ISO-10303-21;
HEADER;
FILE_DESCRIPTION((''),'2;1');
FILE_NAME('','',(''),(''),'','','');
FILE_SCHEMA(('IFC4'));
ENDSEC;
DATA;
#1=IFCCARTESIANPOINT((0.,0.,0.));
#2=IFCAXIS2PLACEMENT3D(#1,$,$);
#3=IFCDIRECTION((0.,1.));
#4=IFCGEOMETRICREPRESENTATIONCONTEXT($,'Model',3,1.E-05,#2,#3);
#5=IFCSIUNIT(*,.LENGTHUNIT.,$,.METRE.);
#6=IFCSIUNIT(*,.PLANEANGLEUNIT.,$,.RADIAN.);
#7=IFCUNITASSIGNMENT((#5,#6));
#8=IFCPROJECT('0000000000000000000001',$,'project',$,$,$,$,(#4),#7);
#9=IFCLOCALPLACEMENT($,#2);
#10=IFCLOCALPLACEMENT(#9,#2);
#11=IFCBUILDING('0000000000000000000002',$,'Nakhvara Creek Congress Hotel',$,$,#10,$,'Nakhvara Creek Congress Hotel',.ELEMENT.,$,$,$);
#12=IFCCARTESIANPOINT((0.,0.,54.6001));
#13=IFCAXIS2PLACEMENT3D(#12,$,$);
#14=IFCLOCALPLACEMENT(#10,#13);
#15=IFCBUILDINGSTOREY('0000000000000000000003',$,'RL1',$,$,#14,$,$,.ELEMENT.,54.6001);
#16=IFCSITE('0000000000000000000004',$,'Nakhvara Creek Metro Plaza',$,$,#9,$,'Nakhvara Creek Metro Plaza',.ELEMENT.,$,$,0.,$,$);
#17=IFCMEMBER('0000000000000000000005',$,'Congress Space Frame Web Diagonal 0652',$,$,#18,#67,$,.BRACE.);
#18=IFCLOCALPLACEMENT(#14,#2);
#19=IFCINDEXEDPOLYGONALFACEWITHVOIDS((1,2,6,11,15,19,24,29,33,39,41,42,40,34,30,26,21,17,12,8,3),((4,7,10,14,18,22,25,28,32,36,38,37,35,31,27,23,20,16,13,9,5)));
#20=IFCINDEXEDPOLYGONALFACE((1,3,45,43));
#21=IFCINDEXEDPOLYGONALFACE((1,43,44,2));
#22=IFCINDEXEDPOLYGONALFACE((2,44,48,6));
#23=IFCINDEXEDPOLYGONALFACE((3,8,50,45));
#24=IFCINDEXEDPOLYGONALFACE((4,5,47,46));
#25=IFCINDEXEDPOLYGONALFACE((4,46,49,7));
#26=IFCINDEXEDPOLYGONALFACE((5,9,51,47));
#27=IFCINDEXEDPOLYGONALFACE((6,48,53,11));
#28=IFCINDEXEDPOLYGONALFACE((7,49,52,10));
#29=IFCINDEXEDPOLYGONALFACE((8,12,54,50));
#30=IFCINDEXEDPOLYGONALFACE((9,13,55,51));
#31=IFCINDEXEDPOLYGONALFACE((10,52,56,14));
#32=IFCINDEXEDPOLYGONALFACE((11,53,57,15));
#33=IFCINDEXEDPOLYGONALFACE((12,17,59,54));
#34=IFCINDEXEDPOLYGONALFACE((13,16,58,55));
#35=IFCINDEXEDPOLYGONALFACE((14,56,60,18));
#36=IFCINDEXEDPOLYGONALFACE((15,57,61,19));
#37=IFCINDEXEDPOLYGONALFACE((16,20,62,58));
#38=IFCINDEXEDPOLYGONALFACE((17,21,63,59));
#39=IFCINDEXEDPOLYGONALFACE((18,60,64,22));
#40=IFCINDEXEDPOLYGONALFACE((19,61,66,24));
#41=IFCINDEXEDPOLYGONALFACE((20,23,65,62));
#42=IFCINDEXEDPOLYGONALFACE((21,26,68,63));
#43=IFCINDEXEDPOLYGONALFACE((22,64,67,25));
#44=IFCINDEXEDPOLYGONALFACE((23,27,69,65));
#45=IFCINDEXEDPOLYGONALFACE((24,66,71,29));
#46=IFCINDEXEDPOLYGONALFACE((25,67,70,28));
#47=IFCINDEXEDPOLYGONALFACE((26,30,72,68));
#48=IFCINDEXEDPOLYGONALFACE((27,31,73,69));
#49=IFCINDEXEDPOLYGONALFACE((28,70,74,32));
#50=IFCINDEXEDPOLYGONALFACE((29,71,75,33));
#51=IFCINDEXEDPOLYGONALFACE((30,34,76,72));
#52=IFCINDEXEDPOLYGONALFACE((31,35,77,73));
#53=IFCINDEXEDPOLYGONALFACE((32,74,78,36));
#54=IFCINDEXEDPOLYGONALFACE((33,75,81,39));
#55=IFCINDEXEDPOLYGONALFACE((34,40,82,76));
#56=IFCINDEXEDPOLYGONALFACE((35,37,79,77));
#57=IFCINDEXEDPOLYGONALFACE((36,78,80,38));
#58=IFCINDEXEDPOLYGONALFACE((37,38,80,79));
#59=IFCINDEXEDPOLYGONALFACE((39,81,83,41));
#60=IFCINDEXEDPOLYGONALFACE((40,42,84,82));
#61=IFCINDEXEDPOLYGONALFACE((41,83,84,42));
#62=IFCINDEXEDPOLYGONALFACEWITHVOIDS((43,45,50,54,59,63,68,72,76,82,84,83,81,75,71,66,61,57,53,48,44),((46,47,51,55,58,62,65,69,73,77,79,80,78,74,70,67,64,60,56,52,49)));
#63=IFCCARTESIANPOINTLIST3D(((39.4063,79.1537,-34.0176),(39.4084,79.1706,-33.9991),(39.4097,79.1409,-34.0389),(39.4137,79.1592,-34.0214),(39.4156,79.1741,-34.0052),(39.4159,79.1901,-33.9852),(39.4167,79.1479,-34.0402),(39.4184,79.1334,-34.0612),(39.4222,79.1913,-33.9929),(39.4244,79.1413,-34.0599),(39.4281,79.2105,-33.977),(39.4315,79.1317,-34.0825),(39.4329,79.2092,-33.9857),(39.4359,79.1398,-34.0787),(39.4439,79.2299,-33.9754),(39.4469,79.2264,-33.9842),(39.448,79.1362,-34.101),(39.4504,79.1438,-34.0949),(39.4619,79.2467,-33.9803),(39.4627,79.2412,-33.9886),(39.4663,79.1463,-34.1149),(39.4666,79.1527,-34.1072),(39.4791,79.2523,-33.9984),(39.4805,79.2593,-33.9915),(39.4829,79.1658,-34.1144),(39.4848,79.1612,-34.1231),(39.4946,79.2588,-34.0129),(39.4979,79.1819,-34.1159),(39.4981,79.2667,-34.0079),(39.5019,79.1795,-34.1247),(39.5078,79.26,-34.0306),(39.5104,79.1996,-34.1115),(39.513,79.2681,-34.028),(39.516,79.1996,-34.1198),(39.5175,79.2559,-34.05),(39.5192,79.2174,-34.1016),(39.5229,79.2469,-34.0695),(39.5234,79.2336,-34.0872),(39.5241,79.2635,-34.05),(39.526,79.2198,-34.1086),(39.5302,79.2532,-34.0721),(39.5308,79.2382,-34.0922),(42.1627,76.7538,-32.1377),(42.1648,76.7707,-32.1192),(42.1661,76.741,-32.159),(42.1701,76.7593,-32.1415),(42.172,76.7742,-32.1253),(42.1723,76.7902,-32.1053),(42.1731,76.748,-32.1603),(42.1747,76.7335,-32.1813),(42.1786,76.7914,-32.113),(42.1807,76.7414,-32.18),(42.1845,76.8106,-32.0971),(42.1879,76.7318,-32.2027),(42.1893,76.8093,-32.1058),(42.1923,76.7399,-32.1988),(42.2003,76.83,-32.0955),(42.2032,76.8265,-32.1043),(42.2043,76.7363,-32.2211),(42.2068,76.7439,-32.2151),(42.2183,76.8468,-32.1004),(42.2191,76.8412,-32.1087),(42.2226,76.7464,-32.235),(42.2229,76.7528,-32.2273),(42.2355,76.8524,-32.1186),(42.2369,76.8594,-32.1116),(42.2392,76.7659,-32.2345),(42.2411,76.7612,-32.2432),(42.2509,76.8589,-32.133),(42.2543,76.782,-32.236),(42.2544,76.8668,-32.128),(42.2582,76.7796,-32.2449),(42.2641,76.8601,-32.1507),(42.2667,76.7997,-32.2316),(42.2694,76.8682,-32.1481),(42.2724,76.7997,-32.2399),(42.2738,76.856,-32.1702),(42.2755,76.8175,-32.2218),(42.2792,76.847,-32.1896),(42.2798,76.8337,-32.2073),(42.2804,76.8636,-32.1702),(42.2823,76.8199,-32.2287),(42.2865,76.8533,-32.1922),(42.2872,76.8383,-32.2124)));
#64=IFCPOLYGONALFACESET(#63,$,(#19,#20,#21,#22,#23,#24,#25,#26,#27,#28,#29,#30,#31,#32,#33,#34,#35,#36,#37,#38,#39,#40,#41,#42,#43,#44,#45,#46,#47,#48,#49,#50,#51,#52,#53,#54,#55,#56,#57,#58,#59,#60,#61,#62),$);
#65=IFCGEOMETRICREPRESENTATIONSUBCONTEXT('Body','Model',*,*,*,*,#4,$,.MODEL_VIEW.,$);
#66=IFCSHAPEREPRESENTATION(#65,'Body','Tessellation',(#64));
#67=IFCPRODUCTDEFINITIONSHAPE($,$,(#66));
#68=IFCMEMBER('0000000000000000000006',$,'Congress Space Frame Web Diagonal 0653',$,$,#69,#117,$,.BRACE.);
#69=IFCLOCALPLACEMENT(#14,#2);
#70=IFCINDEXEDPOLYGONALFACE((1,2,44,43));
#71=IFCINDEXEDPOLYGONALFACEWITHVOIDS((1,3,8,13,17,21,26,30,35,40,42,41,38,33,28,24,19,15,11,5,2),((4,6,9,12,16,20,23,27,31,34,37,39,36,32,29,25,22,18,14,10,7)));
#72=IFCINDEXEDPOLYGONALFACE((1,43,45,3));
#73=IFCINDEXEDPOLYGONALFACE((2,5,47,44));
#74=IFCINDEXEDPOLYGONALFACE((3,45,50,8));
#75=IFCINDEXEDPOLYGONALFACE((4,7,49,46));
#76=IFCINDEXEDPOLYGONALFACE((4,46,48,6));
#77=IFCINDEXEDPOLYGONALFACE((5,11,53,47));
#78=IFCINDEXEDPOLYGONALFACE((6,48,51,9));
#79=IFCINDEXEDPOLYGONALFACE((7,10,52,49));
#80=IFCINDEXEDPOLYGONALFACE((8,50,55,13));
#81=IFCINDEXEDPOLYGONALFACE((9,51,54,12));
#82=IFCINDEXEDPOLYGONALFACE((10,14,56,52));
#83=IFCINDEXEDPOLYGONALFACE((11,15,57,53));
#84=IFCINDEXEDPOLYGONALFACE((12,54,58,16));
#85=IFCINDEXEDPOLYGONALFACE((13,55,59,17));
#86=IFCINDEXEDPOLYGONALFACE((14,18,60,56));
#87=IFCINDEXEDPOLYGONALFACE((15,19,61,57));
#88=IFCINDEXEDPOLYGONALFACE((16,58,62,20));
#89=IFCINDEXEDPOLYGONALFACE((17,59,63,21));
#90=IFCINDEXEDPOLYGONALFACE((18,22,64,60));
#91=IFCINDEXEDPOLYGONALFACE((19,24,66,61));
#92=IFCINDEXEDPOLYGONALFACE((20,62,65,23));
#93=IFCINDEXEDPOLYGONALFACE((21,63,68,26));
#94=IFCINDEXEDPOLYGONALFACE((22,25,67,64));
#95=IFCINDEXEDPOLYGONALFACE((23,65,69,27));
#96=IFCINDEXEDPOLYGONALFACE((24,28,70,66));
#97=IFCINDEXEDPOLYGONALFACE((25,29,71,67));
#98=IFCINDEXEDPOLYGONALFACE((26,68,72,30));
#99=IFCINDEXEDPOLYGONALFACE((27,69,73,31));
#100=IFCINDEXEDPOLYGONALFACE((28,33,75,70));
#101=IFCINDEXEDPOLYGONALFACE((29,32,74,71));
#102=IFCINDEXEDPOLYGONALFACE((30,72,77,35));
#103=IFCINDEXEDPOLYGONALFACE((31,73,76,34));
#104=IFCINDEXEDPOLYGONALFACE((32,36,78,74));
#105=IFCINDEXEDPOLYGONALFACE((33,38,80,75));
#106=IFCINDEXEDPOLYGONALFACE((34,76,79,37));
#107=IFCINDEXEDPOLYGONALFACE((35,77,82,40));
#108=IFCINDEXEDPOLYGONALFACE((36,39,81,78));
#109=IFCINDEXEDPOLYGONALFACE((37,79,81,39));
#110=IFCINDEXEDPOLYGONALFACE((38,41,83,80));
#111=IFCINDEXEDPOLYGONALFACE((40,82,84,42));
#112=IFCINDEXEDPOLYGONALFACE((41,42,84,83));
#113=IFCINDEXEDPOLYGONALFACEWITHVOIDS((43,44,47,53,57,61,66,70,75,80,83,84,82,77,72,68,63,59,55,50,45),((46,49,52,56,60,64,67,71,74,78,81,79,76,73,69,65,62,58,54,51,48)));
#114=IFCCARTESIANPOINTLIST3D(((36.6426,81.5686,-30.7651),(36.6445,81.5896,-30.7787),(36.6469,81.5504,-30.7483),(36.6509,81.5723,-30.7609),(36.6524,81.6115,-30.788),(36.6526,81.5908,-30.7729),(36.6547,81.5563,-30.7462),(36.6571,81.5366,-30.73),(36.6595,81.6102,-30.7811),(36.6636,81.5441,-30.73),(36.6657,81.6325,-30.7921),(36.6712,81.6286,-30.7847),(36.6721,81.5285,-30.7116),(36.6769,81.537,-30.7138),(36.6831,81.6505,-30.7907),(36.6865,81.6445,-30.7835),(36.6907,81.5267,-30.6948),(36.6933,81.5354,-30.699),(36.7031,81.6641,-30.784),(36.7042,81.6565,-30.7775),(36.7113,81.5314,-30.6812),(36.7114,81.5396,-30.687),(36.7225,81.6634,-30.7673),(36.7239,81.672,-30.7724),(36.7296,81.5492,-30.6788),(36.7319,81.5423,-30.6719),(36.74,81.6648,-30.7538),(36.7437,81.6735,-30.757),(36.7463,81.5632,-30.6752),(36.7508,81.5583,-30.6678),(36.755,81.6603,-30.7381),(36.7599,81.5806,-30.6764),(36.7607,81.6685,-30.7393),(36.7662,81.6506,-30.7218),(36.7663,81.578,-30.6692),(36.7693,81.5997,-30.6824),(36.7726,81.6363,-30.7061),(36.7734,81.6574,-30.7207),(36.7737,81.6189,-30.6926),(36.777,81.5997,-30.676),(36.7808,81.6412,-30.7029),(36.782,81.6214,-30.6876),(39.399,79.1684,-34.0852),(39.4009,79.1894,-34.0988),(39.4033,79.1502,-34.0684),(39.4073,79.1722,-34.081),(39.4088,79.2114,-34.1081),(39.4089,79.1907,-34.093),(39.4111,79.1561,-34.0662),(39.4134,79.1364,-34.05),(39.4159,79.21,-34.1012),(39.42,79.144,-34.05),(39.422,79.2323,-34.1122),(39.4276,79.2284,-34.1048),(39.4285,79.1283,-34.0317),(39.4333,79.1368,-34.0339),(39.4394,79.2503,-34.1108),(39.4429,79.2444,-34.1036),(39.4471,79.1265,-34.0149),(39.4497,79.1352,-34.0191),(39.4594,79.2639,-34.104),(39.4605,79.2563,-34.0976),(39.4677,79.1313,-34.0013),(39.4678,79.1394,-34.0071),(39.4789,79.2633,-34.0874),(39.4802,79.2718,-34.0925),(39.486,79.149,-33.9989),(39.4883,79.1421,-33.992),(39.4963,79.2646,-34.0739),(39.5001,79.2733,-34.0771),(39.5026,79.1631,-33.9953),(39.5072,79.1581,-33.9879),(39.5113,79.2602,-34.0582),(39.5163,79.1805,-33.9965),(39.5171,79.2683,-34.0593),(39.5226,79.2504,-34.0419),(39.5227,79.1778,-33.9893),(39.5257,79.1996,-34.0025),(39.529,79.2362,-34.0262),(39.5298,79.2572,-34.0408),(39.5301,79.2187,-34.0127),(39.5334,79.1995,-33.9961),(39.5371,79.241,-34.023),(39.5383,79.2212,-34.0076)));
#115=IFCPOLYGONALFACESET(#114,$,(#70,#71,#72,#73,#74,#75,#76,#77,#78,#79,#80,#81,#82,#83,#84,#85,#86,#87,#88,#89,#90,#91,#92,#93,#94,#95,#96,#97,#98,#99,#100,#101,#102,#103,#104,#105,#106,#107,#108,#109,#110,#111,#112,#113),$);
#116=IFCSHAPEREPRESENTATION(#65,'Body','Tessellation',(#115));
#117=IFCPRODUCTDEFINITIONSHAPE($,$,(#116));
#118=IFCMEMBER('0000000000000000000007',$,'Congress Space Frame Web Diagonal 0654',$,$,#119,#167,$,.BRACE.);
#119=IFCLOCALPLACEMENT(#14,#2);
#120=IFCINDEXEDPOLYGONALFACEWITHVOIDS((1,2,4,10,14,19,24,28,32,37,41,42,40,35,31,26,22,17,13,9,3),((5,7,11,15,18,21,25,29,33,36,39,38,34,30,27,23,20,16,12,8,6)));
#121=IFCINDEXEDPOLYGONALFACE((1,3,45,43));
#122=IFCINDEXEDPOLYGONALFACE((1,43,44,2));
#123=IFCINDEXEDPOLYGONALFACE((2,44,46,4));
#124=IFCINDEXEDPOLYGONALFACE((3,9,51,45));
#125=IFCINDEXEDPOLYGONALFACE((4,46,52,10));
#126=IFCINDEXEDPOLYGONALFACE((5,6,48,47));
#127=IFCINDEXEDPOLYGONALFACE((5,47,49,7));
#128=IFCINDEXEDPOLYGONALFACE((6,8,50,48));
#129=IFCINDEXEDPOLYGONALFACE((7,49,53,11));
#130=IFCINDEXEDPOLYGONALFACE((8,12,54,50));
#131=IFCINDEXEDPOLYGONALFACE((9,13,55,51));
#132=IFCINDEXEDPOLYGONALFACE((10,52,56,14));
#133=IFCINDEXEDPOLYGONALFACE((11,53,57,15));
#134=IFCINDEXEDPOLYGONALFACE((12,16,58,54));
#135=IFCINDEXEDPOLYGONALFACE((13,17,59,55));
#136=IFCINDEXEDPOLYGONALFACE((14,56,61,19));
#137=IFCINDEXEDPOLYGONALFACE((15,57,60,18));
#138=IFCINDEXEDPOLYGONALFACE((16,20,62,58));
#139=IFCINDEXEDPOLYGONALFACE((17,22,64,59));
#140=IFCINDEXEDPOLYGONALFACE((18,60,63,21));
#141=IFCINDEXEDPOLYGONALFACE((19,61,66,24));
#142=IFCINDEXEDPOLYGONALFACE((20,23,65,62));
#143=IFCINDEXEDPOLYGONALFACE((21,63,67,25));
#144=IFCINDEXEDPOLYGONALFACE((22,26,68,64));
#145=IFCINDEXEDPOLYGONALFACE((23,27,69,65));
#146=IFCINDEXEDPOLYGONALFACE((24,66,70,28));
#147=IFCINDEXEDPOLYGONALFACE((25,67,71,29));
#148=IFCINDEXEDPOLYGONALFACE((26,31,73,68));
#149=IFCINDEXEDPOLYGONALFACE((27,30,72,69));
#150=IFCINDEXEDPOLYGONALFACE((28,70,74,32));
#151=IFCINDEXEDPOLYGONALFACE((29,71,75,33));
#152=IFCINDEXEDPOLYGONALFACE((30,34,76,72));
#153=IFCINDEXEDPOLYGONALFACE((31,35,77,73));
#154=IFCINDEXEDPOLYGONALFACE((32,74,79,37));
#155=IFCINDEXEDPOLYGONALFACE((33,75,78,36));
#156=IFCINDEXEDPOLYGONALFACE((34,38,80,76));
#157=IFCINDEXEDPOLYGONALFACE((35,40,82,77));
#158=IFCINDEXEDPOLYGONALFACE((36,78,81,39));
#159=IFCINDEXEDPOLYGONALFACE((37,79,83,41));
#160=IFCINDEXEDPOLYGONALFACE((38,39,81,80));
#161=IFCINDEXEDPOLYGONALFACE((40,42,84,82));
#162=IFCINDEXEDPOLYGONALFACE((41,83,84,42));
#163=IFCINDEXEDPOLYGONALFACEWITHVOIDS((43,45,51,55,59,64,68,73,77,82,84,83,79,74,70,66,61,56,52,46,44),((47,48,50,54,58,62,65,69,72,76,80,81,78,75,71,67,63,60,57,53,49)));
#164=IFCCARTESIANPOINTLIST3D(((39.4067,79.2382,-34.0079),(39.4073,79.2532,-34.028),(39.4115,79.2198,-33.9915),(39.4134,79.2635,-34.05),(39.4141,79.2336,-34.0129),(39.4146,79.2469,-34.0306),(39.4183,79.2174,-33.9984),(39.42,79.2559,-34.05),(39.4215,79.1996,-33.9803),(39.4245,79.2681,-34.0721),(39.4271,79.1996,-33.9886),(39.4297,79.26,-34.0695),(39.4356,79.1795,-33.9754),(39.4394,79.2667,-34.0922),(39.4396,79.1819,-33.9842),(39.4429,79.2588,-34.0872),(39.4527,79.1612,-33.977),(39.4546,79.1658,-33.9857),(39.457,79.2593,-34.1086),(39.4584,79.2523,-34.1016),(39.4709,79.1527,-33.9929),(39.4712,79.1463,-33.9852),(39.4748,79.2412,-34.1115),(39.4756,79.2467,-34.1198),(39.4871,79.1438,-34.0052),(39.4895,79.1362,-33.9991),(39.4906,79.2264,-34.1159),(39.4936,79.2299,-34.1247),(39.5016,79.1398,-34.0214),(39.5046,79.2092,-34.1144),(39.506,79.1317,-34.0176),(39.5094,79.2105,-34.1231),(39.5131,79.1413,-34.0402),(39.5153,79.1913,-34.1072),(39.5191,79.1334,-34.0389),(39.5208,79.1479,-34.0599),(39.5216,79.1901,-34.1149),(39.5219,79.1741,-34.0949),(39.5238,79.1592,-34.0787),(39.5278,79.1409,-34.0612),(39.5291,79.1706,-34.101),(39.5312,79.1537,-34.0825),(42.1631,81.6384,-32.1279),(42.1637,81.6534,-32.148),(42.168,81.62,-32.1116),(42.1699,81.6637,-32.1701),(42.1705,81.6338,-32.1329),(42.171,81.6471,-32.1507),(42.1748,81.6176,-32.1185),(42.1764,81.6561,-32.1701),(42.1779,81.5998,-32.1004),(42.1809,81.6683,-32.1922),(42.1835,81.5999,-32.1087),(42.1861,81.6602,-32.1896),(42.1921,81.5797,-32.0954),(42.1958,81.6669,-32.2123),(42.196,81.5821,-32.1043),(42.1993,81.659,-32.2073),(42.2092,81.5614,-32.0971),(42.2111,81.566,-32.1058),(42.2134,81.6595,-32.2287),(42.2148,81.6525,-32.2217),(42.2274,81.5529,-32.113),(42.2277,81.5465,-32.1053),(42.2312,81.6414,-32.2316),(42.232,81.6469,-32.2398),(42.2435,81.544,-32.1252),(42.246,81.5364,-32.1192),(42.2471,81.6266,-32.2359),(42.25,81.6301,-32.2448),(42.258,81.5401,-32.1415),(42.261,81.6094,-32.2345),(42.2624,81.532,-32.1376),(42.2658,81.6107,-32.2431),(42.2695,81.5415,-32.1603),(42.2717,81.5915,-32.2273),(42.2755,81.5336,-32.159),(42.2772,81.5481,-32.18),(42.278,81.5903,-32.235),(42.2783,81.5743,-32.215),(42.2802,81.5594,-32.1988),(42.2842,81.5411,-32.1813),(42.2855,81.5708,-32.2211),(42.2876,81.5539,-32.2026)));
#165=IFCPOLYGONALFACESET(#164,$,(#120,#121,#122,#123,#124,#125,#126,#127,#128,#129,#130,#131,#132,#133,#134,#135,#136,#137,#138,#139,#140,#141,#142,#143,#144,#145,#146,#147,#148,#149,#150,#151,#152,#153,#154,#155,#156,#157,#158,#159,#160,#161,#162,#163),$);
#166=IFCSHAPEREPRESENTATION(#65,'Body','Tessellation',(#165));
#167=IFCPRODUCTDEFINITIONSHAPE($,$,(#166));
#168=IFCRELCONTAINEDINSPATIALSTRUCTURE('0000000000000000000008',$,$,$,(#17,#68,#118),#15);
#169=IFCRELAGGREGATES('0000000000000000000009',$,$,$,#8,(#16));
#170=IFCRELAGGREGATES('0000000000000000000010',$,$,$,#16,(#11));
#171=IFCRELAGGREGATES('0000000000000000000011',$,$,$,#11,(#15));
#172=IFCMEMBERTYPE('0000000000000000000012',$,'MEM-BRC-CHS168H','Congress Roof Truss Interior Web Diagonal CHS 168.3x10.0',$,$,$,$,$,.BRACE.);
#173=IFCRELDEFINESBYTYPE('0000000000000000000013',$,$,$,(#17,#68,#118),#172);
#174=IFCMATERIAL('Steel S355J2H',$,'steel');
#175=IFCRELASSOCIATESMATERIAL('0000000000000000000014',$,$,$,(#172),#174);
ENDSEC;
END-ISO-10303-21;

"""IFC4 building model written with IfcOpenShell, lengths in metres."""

from ifc_helpers import new_model, si_unit, direction, frame, origin, origin_2d, place, context, subcontext, project, spatial, hollow_circle, extrude, material, material_profile, profile_set, type_object, element, save


model = new_model("IFC4")

# Units and contexts
model_context = context("Model", 3, precision=1e-05, world=origin(), true_north=direction((0.0, 1.0)))
body_context = subcontext(model_context, "Body", "Model", "MODEL_VIEW")
ifc_project = project(units=[si_unit("LENGTHUNIT", "METRE"), si_unit("PLANEANGLEUNIT", "RADIAN")], contexts=[model_context])

# Site, building, storey
site_placement = place(None, origin())
site = spatial("IfcSite", under=ifc_project, at=site_placement, Name="Nakhvara Creek Metro Plaza", LongName="Nakhvara Creek Metro Plaza", CompositionType="ELEMENT", RefElevation=0.0)
building_placement = place(site_placement, origin())
building = spatial("IfcBuilding", under=site, at=building_placement, Name="Nakhvara Creek Congress Hotel", LongName="Nakhvara Creek Congress Hotel", CompositionType="ELEMENT")
storey_placement = place(building_placement, frame((0.0, 0.0, 54.6001)))
storey = spatial("IfcBuildingStorey", under=building, at=storey_placement, Name="RL1", CompositionType="ELEMENT", Elevation=54.6001)

# Members
ifc_material_1 = material(Name="Steel S355J2H", Category="steel")
ifc_material_profile_1 = material_profile(ifc_material_1, hollow_circle(Radius=0.0842, WallThickness=0.01, at=origin_2d()), Name="CHS 168.3x10.0", Category="LoadBearing")
ifc_profile_set_1 = profile_set([ifc_material_profile_1], Name="Steel S355J2H")
member_type_1 = type_object("IfcMemberType", Name="MEM-BRC-CHS168H", Description="Congress Roof Truss Interior Web Diagonal CHS 168.3x10.0", PredefinedType="BRACE", material=ifc_profile_set_1)
member_1_placement = place(storey_placement, frame((39.4688, 79.2, -34.05), z_axis=(0.670667, -0.583938, 0.457408), x_axis=(0.656658, 0.754188, 0.0)))
element("IfcMember", 1, at=member_1_placement, inside=storey, type_object=member_type_1, Name="Congress Space Frame Web Diagonal 0652", PredefinedType="BRACE", context=body_context, shape_type="SweptSolid", body=[
    extrude(hollow_circle(Radius=0.0842, WallThickness=0.01, at=origin_2d()), origin(), (0.0, 0.0, 1.0), 4.1099),
])
member_2_placement = place(storey_placement, frame((39.4688, 79.2, -34.05), z_axis=(-0.558224, 0.486085, 0.67239), x_axis=(-0.656696, -0.754155, 0.0)))
element("IfcMember", 2, at=member_2_placement, inside=storey, type_object=member_type_1, Name="Congress Space Frame Web Diagonal 0653", PredefinedType="BRACE", context=body_context, shape_type="SweptSolid", body=[
    extrude(hollow_circle(Radius=0.0842, WallThickness=0.01, at=origin_2d()), origin(), (0.0, 0.0, 1.0), 4.9377),
])
member_3_placement = place(storey_placement, frame((39.4688, 79.2, -34.05), z_axis=(0.670644, 0.583977, 0.457392), x_axis=(-0.656696, 0.754155, 0.0)))
element("IfcMember", 3, at=member_3_placement, inside=storey, type_object=member_type_1, Name="Congress Space Frame Web Diagonal 0654", PredefinedType="BRACE", context=body_context, shape_type="SweptSolid", body=[
    extrude(hollow_circle(Radius=0.0842, WallThickness=0.01, at=origin_2d()), origin(), (0.0, 0.0, 1.0), 4.1101),
])

save(model, "model.ifc")
